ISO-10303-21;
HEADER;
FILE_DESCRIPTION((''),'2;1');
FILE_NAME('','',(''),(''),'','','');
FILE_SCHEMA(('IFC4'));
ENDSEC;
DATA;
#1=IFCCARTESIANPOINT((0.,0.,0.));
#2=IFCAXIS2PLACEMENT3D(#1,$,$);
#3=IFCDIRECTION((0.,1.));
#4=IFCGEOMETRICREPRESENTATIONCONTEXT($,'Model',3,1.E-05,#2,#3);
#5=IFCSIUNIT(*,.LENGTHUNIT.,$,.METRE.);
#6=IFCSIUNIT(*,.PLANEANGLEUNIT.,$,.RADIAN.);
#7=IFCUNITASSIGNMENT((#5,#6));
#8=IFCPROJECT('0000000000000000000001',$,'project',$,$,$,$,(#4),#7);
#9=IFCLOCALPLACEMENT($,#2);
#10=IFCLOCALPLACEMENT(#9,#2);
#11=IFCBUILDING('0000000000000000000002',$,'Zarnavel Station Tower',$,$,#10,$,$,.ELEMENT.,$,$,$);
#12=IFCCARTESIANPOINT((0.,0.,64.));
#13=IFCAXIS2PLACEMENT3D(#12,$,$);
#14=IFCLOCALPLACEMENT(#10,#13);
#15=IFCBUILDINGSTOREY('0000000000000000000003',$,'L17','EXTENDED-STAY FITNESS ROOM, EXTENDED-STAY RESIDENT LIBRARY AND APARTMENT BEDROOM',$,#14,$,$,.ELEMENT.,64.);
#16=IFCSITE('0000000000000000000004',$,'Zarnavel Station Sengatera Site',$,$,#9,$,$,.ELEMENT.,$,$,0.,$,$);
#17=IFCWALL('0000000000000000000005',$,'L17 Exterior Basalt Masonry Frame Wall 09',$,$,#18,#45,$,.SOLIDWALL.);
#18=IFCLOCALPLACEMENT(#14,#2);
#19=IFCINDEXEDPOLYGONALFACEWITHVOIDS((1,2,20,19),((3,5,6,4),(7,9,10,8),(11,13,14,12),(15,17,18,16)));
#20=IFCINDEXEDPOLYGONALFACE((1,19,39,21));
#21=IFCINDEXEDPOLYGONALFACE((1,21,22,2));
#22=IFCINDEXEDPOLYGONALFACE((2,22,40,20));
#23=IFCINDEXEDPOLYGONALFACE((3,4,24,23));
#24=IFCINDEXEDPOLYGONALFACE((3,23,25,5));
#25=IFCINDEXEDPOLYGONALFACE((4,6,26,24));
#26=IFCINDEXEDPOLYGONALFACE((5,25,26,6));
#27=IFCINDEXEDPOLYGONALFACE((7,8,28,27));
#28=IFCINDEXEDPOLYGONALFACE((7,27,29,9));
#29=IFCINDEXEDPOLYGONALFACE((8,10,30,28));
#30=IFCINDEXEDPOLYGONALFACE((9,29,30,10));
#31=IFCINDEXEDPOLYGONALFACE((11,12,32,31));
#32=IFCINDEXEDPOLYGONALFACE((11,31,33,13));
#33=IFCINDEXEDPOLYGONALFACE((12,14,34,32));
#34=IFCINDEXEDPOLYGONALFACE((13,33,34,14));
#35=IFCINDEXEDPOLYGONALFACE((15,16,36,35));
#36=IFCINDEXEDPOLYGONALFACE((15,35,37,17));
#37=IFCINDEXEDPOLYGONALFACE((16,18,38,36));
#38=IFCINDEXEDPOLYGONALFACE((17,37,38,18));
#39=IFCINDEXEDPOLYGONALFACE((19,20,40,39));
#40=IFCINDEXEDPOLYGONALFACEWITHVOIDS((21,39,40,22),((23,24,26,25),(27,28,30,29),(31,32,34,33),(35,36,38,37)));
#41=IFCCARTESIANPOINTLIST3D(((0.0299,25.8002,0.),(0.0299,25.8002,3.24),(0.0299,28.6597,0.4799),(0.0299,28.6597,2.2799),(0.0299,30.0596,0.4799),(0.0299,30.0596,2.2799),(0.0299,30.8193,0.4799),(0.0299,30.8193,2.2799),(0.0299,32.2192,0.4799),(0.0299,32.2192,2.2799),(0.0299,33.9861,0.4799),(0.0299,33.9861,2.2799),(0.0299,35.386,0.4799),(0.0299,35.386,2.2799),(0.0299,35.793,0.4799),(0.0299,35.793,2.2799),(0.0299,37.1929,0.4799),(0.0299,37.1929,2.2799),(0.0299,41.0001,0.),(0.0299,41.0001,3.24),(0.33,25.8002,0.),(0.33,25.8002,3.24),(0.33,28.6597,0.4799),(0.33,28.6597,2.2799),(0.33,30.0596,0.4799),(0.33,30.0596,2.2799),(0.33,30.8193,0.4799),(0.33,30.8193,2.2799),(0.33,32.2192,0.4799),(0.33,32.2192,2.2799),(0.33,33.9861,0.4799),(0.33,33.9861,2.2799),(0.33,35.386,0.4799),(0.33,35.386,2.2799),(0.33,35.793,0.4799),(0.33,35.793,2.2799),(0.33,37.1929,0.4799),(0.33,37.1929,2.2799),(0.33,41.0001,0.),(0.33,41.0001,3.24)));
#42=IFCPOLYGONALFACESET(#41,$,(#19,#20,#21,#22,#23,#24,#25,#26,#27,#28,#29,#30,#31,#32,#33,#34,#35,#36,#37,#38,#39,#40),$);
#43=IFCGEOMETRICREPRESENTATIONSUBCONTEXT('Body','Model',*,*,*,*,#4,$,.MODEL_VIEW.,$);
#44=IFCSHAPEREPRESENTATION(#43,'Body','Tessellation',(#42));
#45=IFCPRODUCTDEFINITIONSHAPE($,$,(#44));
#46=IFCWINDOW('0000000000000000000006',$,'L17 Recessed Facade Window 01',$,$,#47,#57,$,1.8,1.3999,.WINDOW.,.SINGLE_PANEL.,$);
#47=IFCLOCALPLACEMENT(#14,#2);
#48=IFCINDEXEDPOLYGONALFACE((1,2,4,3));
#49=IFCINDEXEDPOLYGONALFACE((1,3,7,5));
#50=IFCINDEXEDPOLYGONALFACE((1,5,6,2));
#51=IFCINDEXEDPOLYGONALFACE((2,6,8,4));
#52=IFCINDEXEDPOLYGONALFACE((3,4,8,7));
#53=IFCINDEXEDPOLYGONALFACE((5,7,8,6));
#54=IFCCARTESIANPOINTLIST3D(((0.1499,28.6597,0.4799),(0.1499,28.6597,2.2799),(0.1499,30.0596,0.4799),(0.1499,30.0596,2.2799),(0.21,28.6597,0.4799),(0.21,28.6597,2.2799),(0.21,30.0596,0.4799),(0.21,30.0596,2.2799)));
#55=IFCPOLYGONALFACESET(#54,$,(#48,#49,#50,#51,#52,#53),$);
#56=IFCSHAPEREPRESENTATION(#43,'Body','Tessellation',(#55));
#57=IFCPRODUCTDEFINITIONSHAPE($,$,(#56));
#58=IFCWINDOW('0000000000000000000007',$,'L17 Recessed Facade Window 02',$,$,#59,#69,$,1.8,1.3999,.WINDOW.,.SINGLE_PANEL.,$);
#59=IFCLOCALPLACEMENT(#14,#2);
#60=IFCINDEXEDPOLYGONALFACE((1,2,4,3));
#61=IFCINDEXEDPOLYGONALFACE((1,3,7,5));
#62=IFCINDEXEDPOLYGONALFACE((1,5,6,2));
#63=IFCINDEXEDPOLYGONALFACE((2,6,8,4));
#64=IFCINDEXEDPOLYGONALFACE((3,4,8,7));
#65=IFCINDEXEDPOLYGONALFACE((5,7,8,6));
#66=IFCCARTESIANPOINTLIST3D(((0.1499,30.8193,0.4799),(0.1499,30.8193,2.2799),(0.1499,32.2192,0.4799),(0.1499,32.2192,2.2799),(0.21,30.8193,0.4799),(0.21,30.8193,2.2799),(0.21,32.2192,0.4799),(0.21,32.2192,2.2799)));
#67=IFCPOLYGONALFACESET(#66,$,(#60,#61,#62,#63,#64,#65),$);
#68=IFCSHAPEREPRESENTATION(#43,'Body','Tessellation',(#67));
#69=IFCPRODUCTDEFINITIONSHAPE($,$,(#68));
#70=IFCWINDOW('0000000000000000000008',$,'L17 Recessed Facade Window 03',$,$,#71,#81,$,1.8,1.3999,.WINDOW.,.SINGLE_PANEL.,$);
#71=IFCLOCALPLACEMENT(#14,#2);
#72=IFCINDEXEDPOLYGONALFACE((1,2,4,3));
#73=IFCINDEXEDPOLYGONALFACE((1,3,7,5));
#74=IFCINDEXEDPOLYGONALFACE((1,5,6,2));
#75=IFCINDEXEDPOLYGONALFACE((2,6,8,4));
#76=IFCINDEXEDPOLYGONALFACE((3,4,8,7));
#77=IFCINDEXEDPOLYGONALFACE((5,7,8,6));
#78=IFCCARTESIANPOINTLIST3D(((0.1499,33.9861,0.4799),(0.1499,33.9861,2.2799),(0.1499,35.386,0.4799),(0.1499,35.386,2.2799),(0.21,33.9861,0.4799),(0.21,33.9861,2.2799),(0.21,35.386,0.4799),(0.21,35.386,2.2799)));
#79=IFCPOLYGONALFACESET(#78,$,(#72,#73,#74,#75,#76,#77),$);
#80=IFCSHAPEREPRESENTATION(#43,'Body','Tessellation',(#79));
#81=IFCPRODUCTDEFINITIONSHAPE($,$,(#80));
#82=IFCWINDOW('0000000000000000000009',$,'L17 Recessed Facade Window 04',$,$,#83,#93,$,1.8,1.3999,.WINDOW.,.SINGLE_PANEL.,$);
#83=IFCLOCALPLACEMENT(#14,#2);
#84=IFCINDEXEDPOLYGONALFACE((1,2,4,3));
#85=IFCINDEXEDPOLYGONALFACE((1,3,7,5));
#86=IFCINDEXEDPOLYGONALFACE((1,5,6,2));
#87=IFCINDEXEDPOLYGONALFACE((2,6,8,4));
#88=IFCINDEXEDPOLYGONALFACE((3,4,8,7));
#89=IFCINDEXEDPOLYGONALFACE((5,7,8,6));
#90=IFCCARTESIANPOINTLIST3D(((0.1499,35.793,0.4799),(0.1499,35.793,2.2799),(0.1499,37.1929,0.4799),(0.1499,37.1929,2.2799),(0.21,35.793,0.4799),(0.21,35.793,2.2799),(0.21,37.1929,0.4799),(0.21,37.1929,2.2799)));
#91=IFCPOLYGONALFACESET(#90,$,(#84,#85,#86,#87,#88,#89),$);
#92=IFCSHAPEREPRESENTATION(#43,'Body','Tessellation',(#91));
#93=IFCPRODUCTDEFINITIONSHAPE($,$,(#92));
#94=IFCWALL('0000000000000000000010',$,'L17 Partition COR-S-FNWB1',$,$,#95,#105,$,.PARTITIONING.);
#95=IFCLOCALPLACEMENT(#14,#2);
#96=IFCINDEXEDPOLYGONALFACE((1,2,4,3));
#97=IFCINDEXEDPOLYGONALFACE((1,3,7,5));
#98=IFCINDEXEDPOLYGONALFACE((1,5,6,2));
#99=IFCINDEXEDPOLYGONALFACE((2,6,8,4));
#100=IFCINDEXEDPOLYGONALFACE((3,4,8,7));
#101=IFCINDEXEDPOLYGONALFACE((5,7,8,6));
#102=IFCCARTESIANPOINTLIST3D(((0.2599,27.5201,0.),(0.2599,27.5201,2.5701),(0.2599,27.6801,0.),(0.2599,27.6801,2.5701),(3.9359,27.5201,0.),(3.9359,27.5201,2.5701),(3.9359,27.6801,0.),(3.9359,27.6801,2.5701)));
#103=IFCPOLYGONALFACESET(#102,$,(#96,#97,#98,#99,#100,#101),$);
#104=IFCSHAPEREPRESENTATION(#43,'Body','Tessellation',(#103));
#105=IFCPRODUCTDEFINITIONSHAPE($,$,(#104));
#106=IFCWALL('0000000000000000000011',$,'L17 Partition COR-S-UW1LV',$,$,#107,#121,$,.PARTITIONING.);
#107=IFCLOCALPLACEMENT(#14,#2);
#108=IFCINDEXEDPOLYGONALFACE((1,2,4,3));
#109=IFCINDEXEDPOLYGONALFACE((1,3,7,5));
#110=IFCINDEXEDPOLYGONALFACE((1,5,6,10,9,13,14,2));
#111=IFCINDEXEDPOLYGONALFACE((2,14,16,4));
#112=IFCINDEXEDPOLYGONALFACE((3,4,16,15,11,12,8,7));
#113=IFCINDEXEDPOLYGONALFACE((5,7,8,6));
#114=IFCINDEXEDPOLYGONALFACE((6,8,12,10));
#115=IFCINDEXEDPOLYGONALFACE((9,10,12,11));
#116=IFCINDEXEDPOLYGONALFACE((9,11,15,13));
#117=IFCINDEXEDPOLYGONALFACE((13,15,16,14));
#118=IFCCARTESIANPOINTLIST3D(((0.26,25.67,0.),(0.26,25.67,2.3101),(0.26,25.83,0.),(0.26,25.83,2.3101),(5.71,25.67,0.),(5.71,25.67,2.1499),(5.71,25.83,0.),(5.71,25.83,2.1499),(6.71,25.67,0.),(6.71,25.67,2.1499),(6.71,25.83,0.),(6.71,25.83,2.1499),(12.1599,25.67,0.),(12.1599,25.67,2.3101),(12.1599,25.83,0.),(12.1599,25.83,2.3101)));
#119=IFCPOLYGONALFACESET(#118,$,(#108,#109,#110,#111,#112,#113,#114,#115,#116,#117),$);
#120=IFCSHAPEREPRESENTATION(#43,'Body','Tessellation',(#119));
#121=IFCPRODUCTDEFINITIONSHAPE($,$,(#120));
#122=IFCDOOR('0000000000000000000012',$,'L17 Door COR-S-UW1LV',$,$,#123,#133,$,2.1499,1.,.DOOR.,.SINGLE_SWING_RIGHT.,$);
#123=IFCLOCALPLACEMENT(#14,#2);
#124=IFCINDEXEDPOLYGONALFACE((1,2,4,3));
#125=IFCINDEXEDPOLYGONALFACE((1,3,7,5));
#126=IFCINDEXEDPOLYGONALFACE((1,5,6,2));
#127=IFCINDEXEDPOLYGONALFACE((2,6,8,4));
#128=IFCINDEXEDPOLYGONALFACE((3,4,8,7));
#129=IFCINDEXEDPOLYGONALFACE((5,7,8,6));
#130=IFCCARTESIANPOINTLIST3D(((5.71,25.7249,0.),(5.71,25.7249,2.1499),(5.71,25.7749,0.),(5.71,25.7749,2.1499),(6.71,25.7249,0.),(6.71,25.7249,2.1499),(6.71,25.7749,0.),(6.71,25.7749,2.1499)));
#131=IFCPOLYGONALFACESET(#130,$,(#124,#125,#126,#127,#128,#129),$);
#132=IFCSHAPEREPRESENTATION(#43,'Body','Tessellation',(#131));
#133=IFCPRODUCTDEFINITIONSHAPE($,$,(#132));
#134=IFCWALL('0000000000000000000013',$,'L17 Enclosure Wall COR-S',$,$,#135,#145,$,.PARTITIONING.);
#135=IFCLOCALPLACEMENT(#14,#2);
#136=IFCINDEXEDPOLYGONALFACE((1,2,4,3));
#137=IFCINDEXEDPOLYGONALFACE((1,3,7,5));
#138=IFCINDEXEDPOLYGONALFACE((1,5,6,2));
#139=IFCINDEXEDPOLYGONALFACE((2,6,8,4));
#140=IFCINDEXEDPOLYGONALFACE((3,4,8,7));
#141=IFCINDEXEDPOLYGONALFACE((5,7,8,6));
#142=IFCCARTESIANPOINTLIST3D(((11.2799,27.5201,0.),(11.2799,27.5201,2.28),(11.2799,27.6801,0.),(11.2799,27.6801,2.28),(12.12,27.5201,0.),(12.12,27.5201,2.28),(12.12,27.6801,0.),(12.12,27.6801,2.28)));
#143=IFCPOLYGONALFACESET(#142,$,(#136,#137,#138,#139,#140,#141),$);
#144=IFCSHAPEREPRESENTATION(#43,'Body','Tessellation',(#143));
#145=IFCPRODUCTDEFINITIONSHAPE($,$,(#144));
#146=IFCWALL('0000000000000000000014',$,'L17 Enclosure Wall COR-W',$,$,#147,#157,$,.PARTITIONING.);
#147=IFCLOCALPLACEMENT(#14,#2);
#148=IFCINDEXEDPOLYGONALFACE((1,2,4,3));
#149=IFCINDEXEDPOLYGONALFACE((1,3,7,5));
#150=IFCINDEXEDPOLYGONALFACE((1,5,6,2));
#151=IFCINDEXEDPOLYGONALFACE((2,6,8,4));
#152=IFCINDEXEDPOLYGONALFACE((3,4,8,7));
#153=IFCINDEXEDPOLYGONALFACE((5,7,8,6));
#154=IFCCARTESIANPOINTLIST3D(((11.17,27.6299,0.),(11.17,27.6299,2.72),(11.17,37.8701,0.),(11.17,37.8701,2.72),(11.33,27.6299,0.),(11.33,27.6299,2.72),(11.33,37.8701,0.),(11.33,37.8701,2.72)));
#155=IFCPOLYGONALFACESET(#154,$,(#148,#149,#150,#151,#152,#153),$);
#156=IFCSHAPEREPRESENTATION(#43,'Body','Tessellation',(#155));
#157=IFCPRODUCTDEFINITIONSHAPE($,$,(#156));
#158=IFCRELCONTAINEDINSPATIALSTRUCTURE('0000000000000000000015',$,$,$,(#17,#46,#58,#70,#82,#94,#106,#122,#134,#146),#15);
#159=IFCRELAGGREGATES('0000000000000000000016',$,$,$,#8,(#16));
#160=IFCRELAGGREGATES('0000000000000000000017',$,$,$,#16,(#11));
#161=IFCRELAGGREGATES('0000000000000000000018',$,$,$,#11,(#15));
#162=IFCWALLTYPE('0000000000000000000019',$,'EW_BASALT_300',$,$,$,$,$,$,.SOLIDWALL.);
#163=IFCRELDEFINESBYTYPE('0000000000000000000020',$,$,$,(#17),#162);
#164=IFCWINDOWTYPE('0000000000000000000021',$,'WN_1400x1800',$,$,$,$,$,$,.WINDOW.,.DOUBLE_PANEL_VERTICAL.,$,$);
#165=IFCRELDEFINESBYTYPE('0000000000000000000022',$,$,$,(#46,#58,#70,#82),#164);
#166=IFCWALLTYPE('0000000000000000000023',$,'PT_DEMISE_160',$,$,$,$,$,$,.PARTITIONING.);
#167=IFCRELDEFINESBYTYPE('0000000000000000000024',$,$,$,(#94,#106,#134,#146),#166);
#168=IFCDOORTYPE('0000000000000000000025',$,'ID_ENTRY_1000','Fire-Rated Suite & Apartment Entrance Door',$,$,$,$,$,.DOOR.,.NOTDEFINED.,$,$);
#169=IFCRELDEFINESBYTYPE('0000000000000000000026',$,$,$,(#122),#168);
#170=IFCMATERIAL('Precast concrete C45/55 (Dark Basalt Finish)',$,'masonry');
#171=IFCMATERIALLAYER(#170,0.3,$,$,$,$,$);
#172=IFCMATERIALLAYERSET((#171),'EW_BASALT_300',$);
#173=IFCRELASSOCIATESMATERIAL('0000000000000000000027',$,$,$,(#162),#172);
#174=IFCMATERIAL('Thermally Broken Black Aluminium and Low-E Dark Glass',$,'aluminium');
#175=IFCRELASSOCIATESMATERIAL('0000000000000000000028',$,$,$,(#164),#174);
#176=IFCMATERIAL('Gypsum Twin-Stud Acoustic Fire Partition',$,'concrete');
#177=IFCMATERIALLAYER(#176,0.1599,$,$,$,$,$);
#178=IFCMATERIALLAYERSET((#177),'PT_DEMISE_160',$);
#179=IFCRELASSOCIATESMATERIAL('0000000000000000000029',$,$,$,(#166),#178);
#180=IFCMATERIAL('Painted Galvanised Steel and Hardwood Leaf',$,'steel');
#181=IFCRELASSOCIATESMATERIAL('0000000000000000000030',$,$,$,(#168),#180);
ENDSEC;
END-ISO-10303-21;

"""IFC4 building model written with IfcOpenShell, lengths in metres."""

from ifc_helpers import new_model, si_unit, direction, frame, frame_2d, origin, place, context, subcontext, project, spatial, rectangle, extrude, material, layer, layer_set, type_object, element, fill, save


model = new_model("IFC4")

# Units and contexts
model_context = context("Model", 3, precision=1e-05, world=origin(), true_north=direction((0.0, 1.0)))
body_context = subcontext(model_context, "Body", "Model", "MODEL_VIEW")
ifc_project = project(units=[si_unit("LENGTHUNIT", "METRE"), si_unit("PLANEANGLEUNIT", "RADIAN")], contexts=[model_context])

# Site, building, storey
site_placement = place(None, origin())
site = spatial("IfcSite", under=ifc_project, at=site_placement, Name="Zarnavel Station Sengatera Site", CompositionType="ELEMENT", RefElevation=0.0)
building_placement = place(site_placement, origin())
building = spatial("IfcBuilding", under=site, at=building_placement, Name="Zarnavel Station Tower", CompositionType="ELEMENT")
storey_placement = place(building_placement, frame((0.0, 0.0, 64.0)))
storey = spatial("IfcBuildingStorey", under=building, at=storey_placement, Name="L17", Description="EXTENDED-STAY FITNESS ROOM, EXTENDED-STAY RESIDENT LIBRARY AND APARTMENT BEDROOM", CompositionType="ELEMENT", Elevation=64.0)

# Wall, openings, windows
ifc_material_1 = material(Name="Precast concrete C45/55 (Dark Basalt Finish)", Category="masonry")
ifc_layer_1 = layer(ifc_material_1, 0.3)
ifc_layer_set_1 = layer_set([ifc_layer_1], Name="EW_BASALT_300")
wall_type_1 = type_object("IfcWallType", Name="EW_BASALT_300", PredefinedType="SOLIDWALL", material=ifc_layer_set_1)
wall_1_placement = place(storey_placement, frame((0.1799, 25.8, 0.0), z_axis=(0.0, 0.0, 1.0), x_axis=(0.0, 1.0, 0.0)))
wall_1 = element("IfcWall", 1, at=wall_1_placement, inside=storey, type_object=wall_type_1, Name="L17 Exterior Basalt Masonry Frame Wall 09", PredefinedType="SOLIDWALL", context=body_context, shape_type="SweptSolid", body=[
    extrude(rectangle(XDim=15.2, YDim=0.3, at=frame_2d((7.6001, 0.0))), origin(), (0.0, 0.0, 1.0), 3.24),
])
opening_1_placement = place(wall_1_placement, frame((2.8596, 0.0, 0.48)))
opening_1 = element("IfcOpeningElement", 2, at=opening_1_placement, cuts=wall_1, PredefinedType="OPENING", context=body_context, shape_type="SweptSolid", body=[
    extrude(rectangle(XDim=1.3999, YDim=1.8, at=frame_2d((0.7, 0.8999))), frame((0.0, 0.1599, 0.0), z_axis=(0.0, -1.0, 0.0), x_axis=(1.0, 0.0, 0.0)), (0.0, 0.0, 1.0), 0.3201),
])
opening_2_placement = place(wall_1_placement, frame((5.0193, 0.0, 0.48)))
opening_2 = element("IfcOpeningElement", 3, at=opening_2_placement, cuts=wall_1, PredefinedType="OPENING", context=body_context, shape_type="SweptSolid", body=[
    extrude(rectangle(XDim=1.3999, YDim=1.8, at=frame_2d((0.7, 0.8999))), frame((0.0, 0.1599, 0.0), z_axis=(0.0, -1.0, 0.0), x_axis=(1.0, 0.0, 0.0)), (0.0, 0.0, 1.0), 0.3201),
])
opening_3_placement = place(wall_1_placement, frame((8.186, 0.0, 0.48)))
opening_3 = element("IfcOpeningElement", 4, at=opening_3_placement, cuts=wall_1, PredefinedType="OPENING", context=body_context, shape_type="SweptSolid", body=[
    extrude(rectangle(XDim=1.3999, YDim=1.8, at=frame_2d((0.7, 0.8999))), frame((0.0, 0.1599, 0.0), z_axis=(0.0, -1.0, 0.0), x_axis=(1.0, 0.0, 0.0)), (0.0, 0.0, 1.0), 0.3201),
])
opening_4_placement = place(wall_1_placement, frame((9.9929, 0.0, 0.48)))
opening_4 = element("IfcOpeningElement", 5, at=opening_4_placement, cuts=wall_1, PredefinedType="OPENING", context=body_context, shape_type="SweptSolid", body=[
    extrude(rectangle(XDim=1.3999, YDim=1.8, at=frame_2d((0.7, 0.8999))), frame((0.0, 0.1599, 0.0), z_axis=(0.0, -1.0, 0.0), x_axis=(1.0, 0.0, 0.0)), (0.0, 0.0, 1.0), 0.3201),
])
ifc_material_2 = material(Name="Thermally Broken Black Aluminium and Low-E Dark Glass", Category="aluminium")
window_type = type_object("IfcWindowType", Name="WN_1400x1800", PartitioningType="DOUBLE_PANEL_VERTICAL", PredefinedType="WINDOW", material=ifc_material_2)
window_1_placement = place(opening_1_placement, origin())
window_1 = element("IfcWindow", 6, at=window_1_placement, inside=storey, type_object=window_type, Name="L17 Recessed Facade Window 01", OverallHeight=1.8, OverallWidth=1.3999, PartitioningType="SINGLE_PANEL", PredefinedType="WINDOW", context=body_context, shape_type="SweptSolid", body=[
    extrude(rectangle(XDim=1.3999, YDim=1.8, at=frame_2d((0.7, 0.8999))), frame((0.0, 0.03, 0.0), z_axis=(0.0, -1.0, 0.0), x_axis=(1.0, 0.0, 0.0)), (0.0, 0.0, 1.0), 0.0601),
])
fill(opening_1, window_1)
window_2_placement = place(opening_2_placement, origin())
window_2 = element("IfcWindow", 7, at=window_2_placement, inside=storey, type_object=window_type, Name="L17 Recessed Facade Window 02", OverallHeight=1.8, OverallWidth=1.3999, PartitioningType="SINGLE_PANEL", PredefinedType="WINDOW", context=body_context, shape_type="SweptSolid", body=[
    extrude(rectangle(XDim=1.3999, YDim=1.8, at=frame_2d((0.7, 0.8999))), frame((0.0, 0.03, 0.0), z_axis=(0.0, -1.0, 0.0), x_axis=(1.0, 0.0, 0.0)), (0.0, 0.0, 1.0), 0.0601),
])
fill(opening_2, window_2)
window_3_placement = place(opening_3_placement, origin())
window_3 = element("IfcWindow", 8, at=window_3_placement, inside=storey, type_object=window_type, Name="L17 Recessed Facade Window 03", OverallHeight=1.8, OverallWidth=1.3999, PartitioningType="SINGLE_PANEL", PredefinedType="WINDOW", context=body_context, shape_type="SweptSolid", body=[
    extrude(rectangle(XDim=1.3999, YDim=1.8, at=frame_2d((0.7, 0.8999))), frame((0.0, 0.03, 0.0), z_axis=(0.0, -1.0, 0.0), x_axis=(1.0, 0.0, 0.0)), (0.0, 0.0, 1.0), 0.0601),
])
fill(opening_3, window_3)
window_4_placement = place(opening_4_placement, origin())
window_4 = element("IfcWindow", 9, at=window_4_placement, inside=storey, type_object=window_type, Name="L17 Recessed Facade Window 04", OverallHeight=1.8, OverallWidth=1.3999, PartitioningType="SINGLE_PANEL", PredefinedType="WINDOW", context=body_context, shape_type="SweptSolid", body=[
    extrude(rectangle(XDim=1.3999, YDim=1.8, at=frame_2d((0.7, 0.8999))), frame((0.0, 0.03, 0.0), z_axis=(0.0, -1.0, 0.0), x_axis=(1.0, 0.0, 0.0)), (0.0, 0.0, 1.0), 0.0601),
])
fill(opening_4, window_4)

# Shared definitions
ifc_material_3 = material(Name="Gypsum Twin-Stud Acoustic Fire Partition", Category="concrete")
ifc_layer_2 = layer(ifc_material_3, 0.1599)
ifc_layer_set_2 = layer_set([ifc_layer_2], Name="PT_DEMISE_160")
wall_type_2 = type_object("IfcWallType", Name="PT_DEMISE_160", PredefinedType="PARTITIONING", material=ifc_layer_set_2)
ifc_material_4 = material(Name="Painted Galvanised Steel and Hardwood Leaf", Category="steel")
door_type_1 = type_object("IfcDoorType", Name="ID_ENTRY_1000", Description="Fire-Rated Suite & Apartment Entrance Door", OperationType="NOTDEFINED", PredefinedType="DOOR", material=ifc_material_4)

# Wall
wall_2_placement = place(storey_placement, frame((0.26, 27.6001, 0.0), z_axis=(0.0, 0.0, 1.0), x_axis=(1.0, 0.0, 0.0)))
element("IfcWall", 10, at=wall_2_placement, inside=storey, type_object=wall_type_2, Name="L17 Partition COR-S-FNWB1", PredefinedType="PARTITIONING", context=body_context, shape_type="SweptSolid", body=[
    extrude(rectangle(XDim=3.676, YDim=0.1599, at=frame_2d((1.8379, 0.0))), origin(), (0.0, 0.0, 1.0), 2.5701),
])

# Wall, opening, door
wall_3_placement = place(storey_placement, frame((0.26, 25.75, 0.0), z_axis=(0.0, 0.0, 1.0), x_axis=(1.0, 0.0, 0.0)))
wall_3 = element("IfcWall", 11, at=wall_3_placement, inside=storey, type_object=wall_type_2, Name="L17 Partition COR-S-UW1LV", PredefinedType="PARTITIONING", context=body_context, shape_type="SweptSolid", body=[
    extrude(rectangle(XDim=11.8999, YDim=0.1599, at=frame_2d((5.95, 0.0))), origin(), (0.0, 0.0, 1.0), 2.3101),
])
opening_5_placement = place(wall_3_placement, frame((5.45, 0.0, 0.0)))
opening_5 = element("IfcOpeningElement", 12, at=opening_5_placement, cuts=wall_3, PredefinedType="OPENING", context=body_context, shape_type="SweptSolid", body=[
    extrude(rectangle(XDim=1.0, YDim=2.1499, at=frame_2d((0.5, 1.075))), frame((0.0, 0.0898, 0.0), z_axis=(0.0, -1.0, 0.0), x_axis=(1.0, 0.0, 0.0)), (0.0, 0.0, 1.0), 0.1799),
])
door_1_placement = place(opening_5_placement, origin())
door_1 = element("IfcDoor", 13, at=door_1_placement, inside=storey, type_object=door_type_1, Name="L17 Door COR-S-UW1LV", OperationType="SINGLE_SWING_RIGHT", OverallHeight=2.1499, OverallWidth=1.0, PredefinedType="DOOR", context=body_context, shape_type="SweptSolid", body=[
    extrude(rectangle(XDim=1.0, YDim=2.1499, at=frame_2d((0.5, 1.075))), frame((0.0, 0.0249, 0.0), z_axis=(0.0, -1.0, 0.0), x_axis=(1.0, 0.0, 0.0)), (0.0, 0.0, 1.0), 0.05),
])
fill(opening_5, door_1)

# Walls
wall_4_placement = place(storey_placement, frame((11.28, 27.6001, 0.0), z_axis=(0.0, 0.0, 1.0), x_axis=(1.0, 0.0, 0.0)))
element("IfcWall", 14, at=wall_4_placement, inside=storey, type_object=wall_type_2, Name="L17 Enclosure Wall COR-S", PredefinedType="PARTITIONING", context=body_context, shape_type="SweptSolid", body=[
    extrude(rectangle(XDim=0.8401, YDim=0.1599, at=frame_2d((0.4199, 0.0))), origin(), (0.0, 0.0, 1.0), 2.28),
])
wall_5_placement = place(storey_placement, frame((11.25, 27.6299, 0.0), z_axis=(0.0, 0.0, 1.0), x_axis=(0.0, 1.0, 0.0)))
element("IfcWall", 15, at=wall_5_placement, inside=storey, type_object=wall_type_2, Name="L17 Enclosure Wall COR-W", PredefinedType="PARTITIONING", context=body_context, shape_type="SweptSolid", body=[
    extrude(rectangle(XDim=10.2402, YDim=0.1599, at=frame_2d((5.1201, 0.0))), origin(), (0.0, 0.0, 1.0), 2.72),
])

save(model, "model.ifc")
